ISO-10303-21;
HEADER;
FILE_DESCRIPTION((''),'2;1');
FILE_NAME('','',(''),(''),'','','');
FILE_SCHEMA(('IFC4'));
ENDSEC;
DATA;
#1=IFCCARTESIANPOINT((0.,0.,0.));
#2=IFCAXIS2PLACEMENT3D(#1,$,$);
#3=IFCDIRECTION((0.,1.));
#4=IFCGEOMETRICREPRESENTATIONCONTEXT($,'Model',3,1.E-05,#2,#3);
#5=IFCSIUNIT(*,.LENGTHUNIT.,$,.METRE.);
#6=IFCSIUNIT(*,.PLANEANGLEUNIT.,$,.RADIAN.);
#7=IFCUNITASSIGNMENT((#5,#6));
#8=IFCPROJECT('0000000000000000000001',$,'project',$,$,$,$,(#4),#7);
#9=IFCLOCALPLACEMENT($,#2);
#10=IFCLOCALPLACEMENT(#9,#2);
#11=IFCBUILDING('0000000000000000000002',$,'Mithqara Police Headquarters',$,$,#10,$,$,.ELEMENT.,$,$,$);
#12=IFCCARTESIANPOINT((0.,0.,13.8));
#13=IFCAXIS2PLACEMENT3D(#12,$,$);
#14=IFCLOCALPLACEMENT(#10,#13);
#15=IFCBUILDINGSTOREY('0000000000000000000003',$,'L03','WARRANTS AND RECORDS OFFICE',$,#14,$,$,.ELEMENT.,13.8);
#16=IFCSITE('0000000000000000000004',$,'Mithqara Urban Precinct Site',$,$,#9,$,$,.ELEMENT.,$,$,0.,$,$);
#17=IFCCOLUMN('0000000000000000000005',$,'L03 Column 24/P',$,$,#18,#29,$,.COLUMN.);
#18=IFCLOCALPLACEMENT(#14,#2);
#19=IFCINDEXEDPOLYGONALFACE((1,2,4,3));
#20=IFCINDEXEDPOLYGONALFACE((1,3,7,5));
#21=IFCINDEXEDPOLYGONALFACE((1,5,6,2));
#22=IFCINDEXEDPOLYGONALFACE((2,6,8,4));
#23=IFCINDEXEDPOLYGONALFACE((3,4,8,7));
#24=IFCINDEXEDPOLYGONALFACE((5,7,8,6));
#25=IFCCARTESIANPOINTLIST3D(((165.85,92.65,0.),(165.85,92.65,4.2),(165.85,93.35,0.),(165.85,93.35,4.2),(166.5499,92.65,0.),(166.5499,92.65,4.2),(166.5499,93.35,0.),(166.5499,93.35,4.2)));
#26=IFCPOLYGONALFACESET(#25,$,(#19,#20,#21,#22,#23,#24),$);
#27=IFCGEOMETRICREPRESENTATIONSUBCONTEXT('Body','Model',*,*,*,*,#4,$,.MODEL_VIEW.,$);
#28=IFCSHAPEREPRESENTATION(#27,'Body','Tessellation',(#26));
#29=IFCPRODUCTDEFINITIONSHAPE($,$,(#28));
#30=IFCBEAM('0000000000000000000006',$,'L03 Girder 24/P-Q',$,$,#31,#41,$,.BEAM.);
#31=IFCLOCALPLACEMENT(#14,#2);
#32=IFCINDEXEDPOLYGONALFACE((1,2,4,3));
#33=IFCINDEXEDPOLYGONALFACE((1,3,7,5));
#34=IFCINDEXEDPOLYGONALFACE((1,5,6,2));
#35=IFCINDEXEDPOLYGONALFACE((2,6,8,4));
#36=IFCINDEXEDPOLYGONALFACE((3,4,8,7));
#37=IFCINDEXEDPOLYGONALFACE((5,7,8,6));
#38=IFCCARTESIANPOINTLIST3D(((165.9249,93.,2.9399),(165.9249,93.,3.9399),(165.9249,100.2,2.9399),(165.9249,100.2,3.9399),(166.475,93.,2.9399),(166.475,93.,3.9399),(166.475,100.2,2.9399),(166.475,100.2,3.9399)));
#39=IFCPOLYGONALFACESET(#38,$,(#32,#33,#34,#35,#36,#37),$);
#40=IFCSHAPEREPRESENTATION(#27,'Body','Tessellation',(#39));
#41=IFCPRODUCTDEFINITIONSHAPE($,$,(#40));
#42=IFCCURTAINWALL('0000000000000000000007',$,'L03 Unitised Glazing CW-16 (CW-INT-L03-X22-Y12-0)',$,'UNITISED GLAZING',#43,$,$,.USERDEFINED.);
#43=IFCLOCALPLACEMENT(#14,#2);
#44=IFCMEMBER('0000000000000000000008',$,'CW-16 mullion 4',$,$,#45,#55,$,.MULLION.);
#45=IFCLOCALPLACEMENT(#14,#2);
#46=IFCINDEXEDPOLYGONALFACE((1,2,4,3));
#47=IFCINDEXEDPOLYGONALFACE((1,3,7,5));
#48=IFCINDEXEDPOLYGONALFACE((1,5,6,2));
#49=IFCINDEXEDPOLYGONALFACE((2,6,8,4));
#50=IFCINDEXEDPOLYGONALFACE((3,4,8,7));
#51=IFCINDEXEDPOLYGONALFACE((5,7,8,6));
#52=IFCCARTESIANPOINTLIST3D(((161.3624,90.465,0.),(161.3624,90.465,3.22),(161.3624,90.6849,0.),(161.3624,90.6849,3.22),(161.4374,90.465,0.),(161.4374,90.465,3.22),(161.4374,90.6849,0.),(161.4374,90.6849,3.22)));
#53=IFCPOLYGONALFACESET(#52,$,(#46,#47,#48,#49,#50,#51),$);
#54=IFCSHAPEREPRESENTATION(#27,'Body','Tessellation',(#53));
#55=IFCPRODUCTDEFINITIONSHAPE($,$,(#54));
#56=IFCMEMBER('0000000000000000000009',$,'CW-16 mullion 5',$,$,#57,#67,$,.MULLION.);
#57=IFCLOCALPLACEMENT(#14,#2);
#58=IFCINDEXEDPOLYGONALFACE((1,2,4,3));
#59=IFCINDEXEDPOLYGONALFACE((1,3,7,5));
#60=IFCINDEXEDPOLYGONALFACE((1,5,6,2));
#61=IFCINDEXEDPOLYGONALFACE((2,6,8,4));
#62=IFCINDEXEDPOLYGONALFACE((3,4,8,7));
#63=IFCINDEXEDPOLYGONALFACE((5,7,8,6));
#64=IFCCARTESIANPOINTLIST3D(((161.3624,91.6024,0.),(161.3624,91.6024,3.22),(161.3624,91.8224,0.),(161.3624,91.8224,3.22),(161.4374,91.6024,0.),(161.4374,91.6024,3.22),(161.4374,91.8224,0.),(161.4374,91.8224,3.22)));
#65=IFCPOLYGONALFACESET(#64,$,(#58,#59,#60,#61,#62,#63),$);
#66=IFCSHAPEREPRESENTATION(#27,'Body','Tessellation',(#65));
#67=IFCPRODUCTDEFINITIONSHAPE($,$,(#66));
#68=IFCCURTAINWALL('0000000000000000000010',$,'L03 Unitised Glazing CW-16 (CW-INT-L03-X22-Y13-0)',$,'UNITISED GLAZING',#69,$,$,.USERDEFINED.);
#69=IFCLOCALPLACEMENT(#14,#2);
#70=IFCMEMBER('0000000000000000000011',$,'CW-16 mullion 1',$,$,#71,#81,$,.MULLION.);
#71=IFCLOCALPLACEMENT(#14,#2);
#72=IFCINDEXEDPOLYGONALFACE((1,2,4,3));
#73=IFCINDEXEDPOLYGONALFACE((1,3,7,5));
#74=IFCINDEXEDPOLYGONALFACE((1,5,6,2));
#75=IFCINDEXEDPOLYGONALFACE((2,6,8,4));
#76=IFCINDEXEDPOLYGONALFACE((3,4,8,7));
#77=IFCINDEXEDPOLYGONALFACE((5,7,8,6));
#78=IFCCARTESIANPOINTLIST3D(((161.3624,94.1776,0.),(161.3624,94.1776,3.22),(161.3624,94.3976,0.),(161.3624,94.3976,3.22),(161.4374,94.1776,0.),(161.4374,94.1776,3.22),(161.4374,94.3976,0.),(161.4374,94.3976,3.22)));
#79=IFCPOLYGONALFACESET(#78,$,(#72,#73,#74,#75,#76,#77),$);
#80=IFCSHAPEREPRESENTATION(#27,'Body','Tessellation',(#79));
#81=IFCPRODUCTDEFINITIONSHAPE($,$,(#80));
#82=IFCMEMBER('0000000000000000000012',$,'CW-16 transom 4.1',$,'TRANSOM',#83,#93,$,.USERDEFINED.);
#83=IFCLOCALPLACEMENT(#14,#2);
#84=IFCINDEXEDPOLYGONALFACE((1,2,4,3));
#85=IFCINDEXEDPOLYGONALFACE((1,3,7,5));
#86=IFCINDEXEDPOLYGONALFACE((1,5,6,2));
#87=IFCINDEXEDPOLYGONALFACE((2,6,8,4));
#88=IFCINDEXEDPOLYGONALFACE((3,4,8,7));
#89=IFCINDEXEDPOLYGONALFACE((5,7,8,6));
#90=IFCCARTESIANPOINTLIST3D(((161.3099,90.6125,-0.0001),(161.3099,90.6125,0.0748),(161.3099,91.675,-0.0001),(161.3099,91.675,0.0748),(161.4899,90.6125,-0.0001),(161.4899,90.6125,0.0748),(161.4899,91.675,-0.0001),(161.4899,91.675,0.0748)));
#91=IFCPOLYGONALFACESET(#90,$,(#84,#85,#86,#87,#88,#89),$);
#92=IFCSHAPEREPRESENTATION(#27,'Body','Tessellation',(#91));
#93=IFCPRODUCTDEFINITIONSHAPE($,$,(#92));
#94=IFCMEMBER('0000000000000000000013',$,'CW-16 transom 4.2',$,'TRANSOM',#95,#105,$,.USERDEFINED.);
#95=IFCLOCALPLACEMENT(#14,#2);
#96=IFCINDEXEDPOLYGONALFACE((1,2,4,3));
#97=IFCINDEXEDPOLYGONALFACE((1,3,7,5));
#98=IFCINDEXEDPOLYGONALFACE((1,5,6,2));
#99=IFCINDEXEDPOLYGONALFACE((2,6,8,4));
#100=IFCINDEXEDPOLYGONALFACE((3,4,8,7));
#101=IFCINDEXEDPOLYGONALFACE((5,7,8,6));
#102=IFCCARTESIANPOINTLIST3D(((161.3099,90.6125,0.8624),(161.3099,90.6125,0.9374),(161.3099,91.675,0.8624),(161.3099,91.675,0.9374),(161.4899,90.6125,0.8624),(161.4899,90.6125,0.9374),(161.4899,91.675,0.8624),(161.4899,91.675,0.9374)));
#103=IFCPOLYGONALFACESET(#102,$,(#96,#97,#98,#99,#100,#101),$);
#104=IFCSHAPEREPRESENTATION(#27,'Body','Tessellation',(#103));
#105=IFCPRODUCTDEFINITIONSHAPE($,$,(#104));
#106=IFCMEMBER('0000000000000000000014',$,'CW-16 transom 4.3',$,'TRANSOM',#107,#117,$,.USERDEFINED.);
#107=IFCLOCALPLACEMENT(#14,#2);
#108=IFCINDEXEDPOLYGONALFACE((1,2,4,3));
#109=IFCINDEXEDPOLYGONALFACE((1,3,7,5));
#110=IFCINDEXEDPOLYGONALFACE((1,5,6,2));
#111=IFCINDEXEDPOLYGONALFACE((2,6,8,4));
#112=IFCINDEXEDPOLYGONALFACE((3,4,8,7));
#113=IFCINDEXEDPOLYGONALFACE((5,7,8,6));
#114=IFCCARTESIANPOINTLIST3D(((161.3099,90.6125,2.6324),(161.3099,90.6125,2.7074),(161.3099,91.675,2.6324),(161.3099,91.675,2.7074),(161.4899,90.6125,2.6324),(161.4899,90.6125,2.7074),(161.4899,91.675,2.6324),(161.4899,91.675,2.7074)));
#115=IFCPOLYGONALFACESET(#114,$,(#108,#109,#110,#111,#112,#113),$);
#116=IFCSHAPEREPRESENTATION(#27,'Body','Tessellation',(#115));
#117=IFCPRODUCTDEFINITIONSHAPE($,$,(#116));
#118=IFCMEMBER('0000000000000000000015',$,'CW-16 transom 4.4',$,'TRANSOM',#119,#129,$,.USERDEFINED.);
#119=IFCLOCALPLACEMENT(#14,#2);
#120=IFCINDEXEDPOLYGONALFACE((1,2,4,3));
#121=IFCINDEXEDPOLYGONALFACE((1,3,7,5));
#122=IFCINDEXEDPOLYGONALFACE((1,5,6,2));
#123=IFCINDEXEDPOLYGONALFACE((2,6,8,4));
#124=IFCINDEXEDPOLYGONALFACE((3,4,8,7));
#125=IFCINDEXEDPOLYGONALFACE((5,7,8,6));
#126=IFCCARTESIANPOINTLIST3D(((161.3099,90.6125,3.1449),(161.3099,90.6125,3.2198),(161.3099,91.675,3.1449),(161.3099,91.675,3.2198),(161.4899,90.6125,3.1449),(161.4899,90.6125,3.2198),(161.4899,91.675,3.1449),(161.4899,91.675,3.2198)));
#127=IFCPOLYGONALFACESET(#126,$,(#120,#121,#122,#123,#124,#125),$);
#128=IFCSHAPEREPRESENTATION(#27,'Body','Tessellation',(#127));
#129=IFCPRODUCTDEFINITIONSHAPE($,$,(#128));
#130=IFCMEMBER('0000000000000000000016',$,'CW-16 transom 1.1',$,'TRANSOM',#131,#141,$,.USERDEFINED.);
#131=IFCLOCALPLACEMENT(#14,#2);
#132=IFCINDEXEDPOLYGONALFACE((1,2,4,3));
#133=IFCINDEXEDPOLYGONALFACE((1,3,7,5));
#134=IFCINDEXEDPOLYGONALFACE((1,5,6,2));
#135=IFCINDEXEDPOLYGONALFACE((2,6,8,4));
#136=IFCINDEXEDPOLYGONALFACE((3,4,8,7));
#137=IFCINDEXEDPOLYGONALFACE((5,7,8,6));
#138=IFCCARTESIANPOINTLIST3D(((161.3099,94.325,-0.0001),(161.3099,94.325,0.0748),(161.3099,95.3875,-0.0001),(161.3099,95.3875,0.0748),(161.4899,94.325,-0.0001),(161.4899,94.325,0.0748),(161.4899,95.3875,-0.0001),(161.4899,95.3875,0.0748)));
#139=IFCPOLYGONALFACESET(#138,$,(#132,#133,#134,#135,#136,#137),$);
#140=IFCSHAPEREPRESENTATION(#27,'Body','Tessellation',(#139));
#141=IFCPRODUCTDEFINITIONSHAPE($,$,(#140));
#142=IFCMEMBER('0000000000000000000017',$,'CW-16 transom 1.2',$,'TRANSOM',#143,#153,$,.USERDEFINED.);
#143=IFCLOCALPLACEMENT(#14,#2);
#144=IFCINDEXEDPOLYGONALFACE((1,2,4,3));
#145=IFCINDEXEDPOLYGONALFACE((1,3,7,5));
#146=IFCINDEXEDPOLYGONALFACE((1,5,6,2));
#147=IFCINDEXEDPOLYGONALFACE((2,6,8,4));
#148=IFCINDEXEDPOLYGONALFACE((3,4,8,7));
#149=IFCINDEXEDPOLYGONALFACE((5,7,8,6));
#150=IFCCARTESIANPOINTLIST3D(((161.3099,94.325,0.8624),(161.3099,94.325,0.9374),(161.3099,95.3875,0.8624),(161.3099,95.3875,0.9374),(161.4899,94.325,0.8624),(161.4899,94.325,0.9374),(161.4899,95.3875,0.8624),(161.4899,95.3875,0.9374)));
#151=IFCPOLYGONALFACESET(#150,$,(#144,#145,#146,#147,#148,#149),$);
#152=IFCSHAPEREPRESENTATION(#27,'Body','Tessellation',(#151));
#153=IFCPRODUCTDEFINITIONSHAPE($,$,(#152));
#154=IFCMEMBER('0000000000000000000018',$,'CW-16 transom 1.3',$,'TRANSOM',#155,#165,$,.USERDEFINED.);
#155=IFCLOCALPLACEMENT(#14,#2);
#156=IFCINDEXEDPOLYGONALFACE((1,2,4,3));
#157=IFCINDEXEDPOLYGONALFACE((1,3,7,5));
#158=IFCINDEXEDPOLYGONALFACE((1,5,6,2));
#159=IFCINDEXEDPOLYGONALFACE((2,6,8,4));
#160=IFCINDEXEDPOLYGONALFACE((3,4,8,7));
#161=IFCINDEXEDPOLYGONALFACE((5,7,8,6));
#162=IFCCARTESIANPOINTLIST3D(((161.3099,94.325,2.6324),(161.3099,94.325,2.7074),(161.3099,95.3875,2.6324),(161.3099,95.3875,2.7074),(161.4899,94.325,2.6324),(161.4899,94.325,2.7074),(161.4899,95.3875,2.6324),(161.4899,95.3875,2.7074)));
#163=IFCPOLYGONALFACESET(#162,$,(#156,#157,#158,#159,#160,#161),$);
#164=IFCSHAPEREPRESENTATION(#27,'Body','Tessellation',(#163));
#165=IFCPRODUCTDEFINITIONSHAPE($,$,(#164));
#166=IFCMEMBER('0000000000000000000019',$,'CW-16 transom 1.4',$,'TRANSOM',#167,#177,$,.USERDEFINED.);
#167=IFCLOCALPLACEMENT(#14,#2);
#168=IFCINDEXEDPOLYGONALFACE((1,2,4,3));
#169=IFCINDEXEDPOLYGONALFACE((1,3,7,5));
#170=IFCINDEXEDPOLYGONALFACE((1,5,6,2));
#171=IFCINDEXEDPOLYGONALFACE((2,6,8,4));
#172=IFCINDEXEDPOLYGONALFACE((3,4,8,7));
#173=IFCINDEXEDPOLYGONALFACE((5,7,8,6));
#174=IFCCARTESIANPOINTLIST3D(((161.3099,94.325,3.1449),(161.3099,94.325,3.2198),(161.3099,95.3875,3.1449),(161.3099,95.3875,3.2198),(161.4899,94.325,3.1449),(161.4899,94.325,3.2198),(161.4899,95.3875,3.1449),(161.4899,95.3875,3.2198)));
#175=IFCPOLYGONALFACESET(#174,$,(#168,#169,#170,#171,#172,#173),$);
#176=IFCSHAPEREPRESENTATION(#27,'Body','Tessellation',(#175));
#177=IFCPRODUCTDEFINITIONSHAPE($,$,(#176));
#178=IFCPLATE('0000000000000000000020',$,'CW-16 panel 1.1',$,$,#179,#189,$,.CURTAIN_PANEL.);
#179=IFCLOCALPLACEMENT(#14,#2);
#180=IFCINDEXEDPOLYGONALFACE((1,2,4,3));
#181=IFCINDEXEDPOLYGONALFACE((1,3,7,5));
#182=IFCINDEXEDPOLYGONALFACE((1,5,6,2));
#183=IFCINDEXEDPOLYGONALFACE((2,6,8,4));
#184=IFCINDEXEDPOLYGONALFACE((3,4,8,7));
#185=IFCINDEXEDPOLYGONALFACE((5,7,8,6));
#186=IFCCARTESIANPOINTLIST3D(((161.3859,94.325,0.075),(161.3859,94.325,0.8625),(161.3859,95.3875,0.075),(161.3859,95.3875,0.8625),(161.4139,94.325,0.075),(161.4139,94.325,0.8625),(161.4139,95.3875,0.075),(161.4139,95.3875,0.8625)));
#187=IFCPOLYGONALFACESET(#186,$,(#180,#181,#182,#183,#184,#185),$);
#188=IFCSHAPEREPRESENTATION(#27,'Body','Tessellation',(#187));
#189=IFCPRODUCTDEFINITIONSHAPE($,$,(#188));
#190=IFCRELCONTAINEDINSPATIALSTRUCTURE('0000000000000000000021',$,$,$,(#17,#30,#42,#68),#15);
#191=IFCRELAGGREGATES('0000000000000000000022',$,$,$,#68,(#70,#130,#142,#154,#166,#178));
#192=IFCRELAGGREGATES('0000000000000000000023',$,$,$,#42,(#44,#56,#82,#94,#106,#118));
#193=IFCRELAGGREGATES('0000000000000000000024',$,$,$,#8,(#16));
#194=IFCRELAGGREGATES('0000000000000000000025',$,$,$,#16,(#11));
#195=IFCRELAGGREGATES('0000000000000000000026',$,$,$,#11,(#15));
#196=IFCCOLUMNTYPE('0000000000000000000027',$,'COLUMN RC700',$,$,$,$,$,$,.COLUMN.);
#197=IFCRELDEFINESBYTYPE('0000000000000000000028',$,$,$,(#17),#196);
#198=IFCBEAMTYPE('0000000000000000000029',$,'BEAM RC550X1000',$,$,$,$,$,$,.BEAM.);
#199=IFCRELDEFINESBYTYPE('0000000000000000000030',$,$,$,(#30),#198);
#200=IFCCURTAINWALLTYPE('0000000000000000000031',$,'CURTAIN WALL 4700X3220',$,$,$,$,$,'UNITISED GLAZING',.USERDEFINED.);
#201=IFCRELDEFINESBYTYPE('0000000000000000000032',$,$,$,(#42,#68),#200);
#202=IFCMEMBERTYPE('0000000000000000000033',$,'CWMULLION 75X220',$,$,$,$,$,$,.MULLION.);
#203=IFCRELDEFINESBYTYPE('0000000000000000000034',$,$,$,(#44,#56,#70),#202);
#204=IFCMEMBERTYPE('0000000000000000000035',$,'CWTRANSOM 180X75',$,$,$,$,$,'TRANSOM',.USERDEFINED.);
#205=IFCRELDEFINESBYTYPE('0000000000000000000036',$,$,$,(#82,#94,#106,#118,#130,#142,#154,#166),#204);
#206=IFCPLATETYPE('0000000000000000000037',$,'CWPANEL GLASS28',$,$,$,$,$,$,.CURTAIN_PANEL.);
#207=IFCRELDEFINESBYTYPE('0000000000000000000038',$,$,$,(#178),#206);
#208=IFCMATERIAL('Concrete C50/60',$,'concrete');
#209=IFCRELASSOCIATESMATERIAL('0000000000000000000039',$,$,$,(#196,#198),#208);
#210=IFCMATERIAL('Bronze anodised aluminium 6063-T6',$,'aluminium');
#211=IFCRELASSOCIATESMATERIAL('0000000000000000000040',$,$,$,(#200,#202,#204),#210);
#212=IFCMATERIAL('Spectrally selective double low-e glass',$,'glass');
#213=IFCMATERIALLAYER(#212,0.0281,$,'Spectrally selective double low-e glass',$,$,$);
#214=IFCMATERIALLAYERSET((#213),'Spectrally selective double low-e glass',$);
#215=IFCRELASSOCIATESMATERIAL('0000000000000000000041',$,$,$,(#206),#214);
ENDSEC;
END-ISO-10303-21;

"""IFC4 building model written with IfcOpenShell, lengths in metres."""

from ifc_helpers import new_model, si_unit, direction, frame, origin, origin_2d, place, context, subcontext, project, spatial, rectangle, extrude, material, layer, layer_set, material_profile, profile_set, type_object, element, aggregate, save


model = new_model("IFC4")

# Units and contexts
model_context = context("Model", 3, precision=1e-05, world=origin(), true_north=direction((0.0, 1.0)))
body_context = subcontext(model_context, "Body", "Model", "MODEL_VIEW")
ifc_project = project(units=[si_unit("LENGTHUNIT", "METRE"), si_unit("PLANEANGLEUNIT", "RADIAN")], contexts=[model_context])

# Site, building, storey
site_placement = place(None, origin())
site = spatial("IfcSite", under=ifc_project, at=site_placement, Name="Mithqara Urban Precinct Site", CompositionType="ELEMENT", RefElevation=0.0)
building_placement = place(site_placement, origin())
building = spatial("IfcBuilding", under=site, at=building_placement, Name="Mithqara Police Headquarters", CompositionType="ELEMENT")
storey_placement = place(building_placement, frame((0.0, 0.0, 13.8)))
storey = spatial("IfcBuildingStorey", under=building, at=storey_placement, Name="L03", Description="WARRANTS AND RECORDS OFFICE", CompositionType="ELEMENT", Elevation=13.8)

# Column
ifc_material_1 = material(Name="Concrete C50/60", Category="concrete")
ifc_material_profile_1 = material_profile(ifc_material_1, rectangle(XDim=0.7, YDim=0.7, at=origin_2d()), Name="RC 700x700")
ifc_profile_set_1 = profile_set([ifc_material_profile_1], Name="Concrete C50/60")
column_type = type_object("IfcColumnType", Name="COLUMN RC700", PredefinedType="COLUMN", material=ifc_profile_set_1)
column_placement = place(storey_placement, frame((166.2, 93.0, 0.0), z_axis=(0.0, 0.0, 1.0), x_axis=(1.0, 0.0, 0.0)))
element("IfcColumn", 1, at=column_placement, inside=storey, type_object=column_type, Name="L03 Column 24/P", PredefinedType="COLUMN", context=body_context, shape_type="SweptSolid", body=[
    extrude(rectangle(XDim=0.7, YDim=0.7, at=origin_2d()), origin(), (0.0, 0.0, 1.0), 4.2),
])

# Beam
ifc_material_profile_2 = material_profile(ifc_material_1, rectangle(XDim=0.55, YDim=1.0, at=origin_2d()), Name="RC 550x1000")
ifc_profile_set_2 = profile_set([ifc_material_profile_2], Name="Concrete C50/60")
beam_type = type_object("IfcBeamType", Name="BEAM RC550X1000", PredefinedType="BEAM", material=ifc_profile_set_2)
beam_placement = place(storey_placement, frame((166.2, 93.0, 3.4399), z_axis=(0.0, 1.0, 0.0), x_axis=(-1.0, 0.0, 0.0)))
element("IfcBeam", 2, at=beam_placement, inside=storey, type_object=beam_type, Name="L03 Girder 24/P-Q", PredefinedType="BEAM", context=body_context, shape_type="SweptSolid", body=[
    extrude(rectangle(XDim=0.55, YDim=1.0, at=origin_2d()), origin(), (0.0, 0.0, 1.0), 7.2),
])

# Curtain wall, members
ifc_material_2 = material(Name="Bronze anodised aluminium 6063-T6", Category="aluminium")
curtain_wall_type = type_object("IfcCurtainWallType", Name="CURTAIN WALL 4700X3220", ElementType="UNITISED GLAZING", PredefinedType="USERDEFINED", material=ifc_material_2)
curtain_wall_1_placement = place(storey_placement, origin())
curtain_wall_1 = element("IfcCurtainWall", 3, at=curtain_wall_1_placement, inside=storey, type_object=curtain_wall_type, Name="L03 Unitised Glazing CW-16 (CW-INT-L03-X22-Y12-0)", ObjectType="UNITISED GLAZING", PredefinedType="USERDEFINED")
ifc_material_profile_3 = material_profile(ifc_material_2, rectangle(XDim=0.075, YDim=0.22, at=origin_2d()), Name="CWM 75x220")
ifc_profile_set_3 = profile_set([ifc_material_profile_3], Name="Bronze anodised aluminium 6063-T6")
member_type_1 = type_object("IfcMemberType", Name="CWMULLION 75X220", PredefinedType="MULLION", material=ifc_profile_set_3)
member_1_placement = place(storey_placement, frame((161.3999, 90.575, 0.0), z_axis=(0.0, 0.0, 1.0), x_axis=(-1.0, 0.0, 0.0)))
member_1 = element("IfcMember", 4, at=member_1_placement, type_object=member_type_1, Name="CW-16 mullion 4", PredefinedType="MULLION", context=body_context, shape_type="SweptSolid", body=[
    extrude(rectangle(XDim=0.075, YDim=0.22, at=origin_2d()), origin(), (0.0, 0.0, 1.0), 3.22),
])
member_2_placement = place(storey_placement, frame((161.3999, 91.7124, 0.0), z_axis=(0.0, 0.0, 1.0), x_axis=(-1.0, 0.0, 0.0)))
member_2 = element("IfcMember", 5, at=member_2_placement, type_object=member_type_1, Name="CW-16 mullion 5", PredefinedType="MULLION", context=body_context, shape_type="SweptSolid", body=[
    extrude(rectangle(XDim=0.075, YDim=0.22, at=origin_2d()), origin(), (0.0, 0.0, 1.0), 3.22),
])

# Curtain wall, member
curtain_wall_2_placement = place(storey_placement, origin())
curtain_wall_2 = element("IfcCurtainWall", 6, at=curtain_wall_2_placement, inside=storey, type_object=curtain_wall_type, Name="L03 Unitised Glazing CW-16 (CW-INT-L03-X22-Y13-0)", ObjectType="UNITISED GLAZING", PredefinedType="USERDEFINED")
member_3_placement = place(storey_placement, frame((161.3999, 94.2876, 0.0), z_axis=(0.0, 0.0, 1.0), x_axis=(-1.0, 0.0, 0.0)))
member_3 = element("IfcMember", 7, at=member_3_placement, type_object=member_type_1, Name="CW-16 mullion 1", PredefinedType="MULLION", context=body_context, shape_type="SweptSolid", body=[
    extrude(rectangle(XDim=0.075, YDim=0.22, at=origin_2d()), origin(), (0.0, 0.0, 1.0), 3.22),
])

# Members
ifc_material_profile_4 = material_profile(ifc_material_2, rectangle(XDim=0.1799, YDim=0.075, at=origin_2d()), Name="CWT 180x75")
ifc_profile_set_4 = profile_set([ifc_material_profile_4], Name="Bronze anodised aluminium 6063-T6")
member_type_2 = type_object("IfcMemberType", Name="CWTRANSOM 180X75", ElementType="TRANSOM", PredefinedType="USERDEFINED", material=ifc_profile_set_4)
member_4_placement = place(storey_placement, frame((161.3999, 90.6125, 0.0374), z_axis=(0.0, 1.0, 0.0), x_axis=(-1.0, 0.0, 0.0)))
member_4 = element("IfcMember", 8, at=member_4_placement, type_object=member_type_2, Name="CW-16 transom 4.1", ObjectType="TRANSOM", PredefinedType="USERDEFINED", context=body_context, shape_type="SweptSolid", body=[
    extrude(rectangle(XDim=0.1799, YDim=0.075, at=origin_2d()), origin(), (0.0, 0.0, 1.0), 1.0625),
])
member_5_placement = place(storey_placement, frame((161.3999, 90.6125, 0.8999), z_axis=(0.0, 1.0, 0.0), x_axis=(-1.0, 0.0, 0.0)))
member_5 = element("IfcMember", 9, at=member_5_placement, type_object=member_type_2, Name="CW-16 transom 4.2", ObjectType="TRANSOM", PredefinedType="USERDEFINED", context=body_context, shape_type="SweptSolid", body=[
    extrude(rectangle(XDim=0.1799, YDim=0.075, at=origin_2d()), origin(), (0.0, 0.0, 1.0), 1.0625),
])
member_6_placement = place(storey_placement, frame((161.3999, 90.6125, 2.6699), z_axis=(0.0, 1.0, 0.0), x_axis=(-1.0, 0.0, 0.0)))
member_6 = element("IfcMember", 10, at=member_6_placement, type_object=member_type_2, Name="CW-16 transom 4.3", ObjectType="TRANSOM", PredefinedType="USERDEFINED", context=body_context, shape_type="SweptSolid", body=[
    extrude(rectangle(XDim=0.1799, YDim=0.075, at=origin_2d()), origin(), (0.0, 0.0, 1.0), 1.0625),
])
member_7_placement = place(storey_placement, frame((161.3999, 90.6125, 3.1824), z_axis=(0.0, 1.0, 0.0), x_axis=(-1.0, 0.0, 0.0)))
member_7 = element("IfcMember", 11, at=member_7_placement, type_object=member_type_2, Name="CW-16 transom 4.4", ObjectType="TRANSOM", PredefinedType="USERDEFINED", context=body_context, shape_type="SweptSolid", body=[
    extrude(rectangle(XDim=0.1799, YDim=0.075, at=origin_2d()), origin(), (0.0, 0.0, 1.0), 1.0625),
])
member_8_placement = place(storey_placement, frame((161.3999, 94.325, 0.0374), z_axis=(0.0, 1.0, 0.0), x_axis=(-1.0, 0.0, 0.0)))
member_8 = element("IfcMember", 12, at=member_8_placement, type_object=member_type_2, Name="CW-16 transom 1.1", ObjectType="TRANSOM", PredefinedType="USERDEFINED", context=body_context, shape_type="SweptSolid", body=[
    extrude(rectangle(XDim=0.1799, YDim=0.075, at=origin_2d()), origin(), (0.0, 0.0, 1.0), 1.0625),
])
member_9_placement = place(storey_placement, frame((161.3999, 94.325, 0.8999), z_axis=(0.0, 1.0, 0.0), x_axis=(-1.0, 0.0, 0.0)))
member_9 = element("IfcMember", 13, at=member_9_placement, type_object=member_type_2, Name="CW-16 transom 1.2", ObjectType="TRANSOM", PredefinedType="USERDEFINED", context=body_context, shape_type="SweptSolid", body=[
    extrude(rectangle(XDim=0.1799, YDim=0.075, at=origin_2d()), origin(), (0.0, 0.0, 1.0), 1.0625),
])
member_10_placement = place(storey_placement, frame((161.3999, 94.325, 2.6699), z_axis=(0.0, 1.0, 0.0), x_axis=(-1.0, 0.0, 0.0)))
member_10 = element("IfcMember", 14, at=member_10_placement, type_object=member_type_2, Name="CW-16 transom 1.3", ObjectType="TRANSOM", PredefinedType="USERDEFINED", context=body_context, shape_type="SweptSolid", body=[
    extrude(rectangle(XDim=0.1799, YDim=0.075, at=origin_2d()), origin(), (0.0, 0.0, 1.0), 1.0625),
])
member_11_placement = place(storey_placement, frame((161.3999, 94.325, 3.1824), z_axis=(0.0, 1.0, 0.0), x_axis=(-1.0, 0.0, 0.0)))
member_11 = element("IfcMember", 15, at=member_11_placement, type_object=member_type_2, Name="CW-16 transom 1.4", ObjectType="TRANSOM", PredefinedType="USERDEFINED", context=body_context, shape_type="SweptSolid", body=[
    extrude(rectangle(XDim=0.1799, YDim=0.075, at=origin_2d()), origin(), (0.0, 0.0, 1.0), 1.0625),
])

# Plate
ifc_material_3 = material(Name="Spectrally selective double low-e glass", Category="glass")
ifc_layer_1 = layer(ifc_material_3, 0.0281, Name="Spectrally selective double low-e glass")
ifc_layer_set_1 = layer_set([ifc_layer_1], Name="Spectrally selective double low-e glass")
plate_type_1 = type_object("IfcPlateType", Name="CWPANEL GLASS28", PredefinedType="CURTAIN_PANEL", material=ifc_layer_set_1)
plate_1_placement = place(storey_placement, frame((161.3999, 94.8562, 0.075), z_axis=(0.0, 0.0, 1.0), x_axis=(0.0, 1.0, 0.0)))
plate_1 = element("IfcPlate", 16, at=plate_1_placement, type_object=plate_type_1, Name="CW-16 panel 1.1", PredefinedType="CURTAIN_PANEL", context=body_context, shape_type="SweptSolid", body=[
    extrude(rectangle(XDim=1.0625, YDim=0.0281, at=origin_2d()), origin(), (0.0, 0.0, 1.0), 0.7876),
])
aggregate(curtain_wall_2, [member_3, member_8, member_9, member_10, member_11, plate_1])
aggregate(curtain_wall_1, [member_1, member_2, member_4, member_5, member_6, member_7])

save(model, "model.ifc")
